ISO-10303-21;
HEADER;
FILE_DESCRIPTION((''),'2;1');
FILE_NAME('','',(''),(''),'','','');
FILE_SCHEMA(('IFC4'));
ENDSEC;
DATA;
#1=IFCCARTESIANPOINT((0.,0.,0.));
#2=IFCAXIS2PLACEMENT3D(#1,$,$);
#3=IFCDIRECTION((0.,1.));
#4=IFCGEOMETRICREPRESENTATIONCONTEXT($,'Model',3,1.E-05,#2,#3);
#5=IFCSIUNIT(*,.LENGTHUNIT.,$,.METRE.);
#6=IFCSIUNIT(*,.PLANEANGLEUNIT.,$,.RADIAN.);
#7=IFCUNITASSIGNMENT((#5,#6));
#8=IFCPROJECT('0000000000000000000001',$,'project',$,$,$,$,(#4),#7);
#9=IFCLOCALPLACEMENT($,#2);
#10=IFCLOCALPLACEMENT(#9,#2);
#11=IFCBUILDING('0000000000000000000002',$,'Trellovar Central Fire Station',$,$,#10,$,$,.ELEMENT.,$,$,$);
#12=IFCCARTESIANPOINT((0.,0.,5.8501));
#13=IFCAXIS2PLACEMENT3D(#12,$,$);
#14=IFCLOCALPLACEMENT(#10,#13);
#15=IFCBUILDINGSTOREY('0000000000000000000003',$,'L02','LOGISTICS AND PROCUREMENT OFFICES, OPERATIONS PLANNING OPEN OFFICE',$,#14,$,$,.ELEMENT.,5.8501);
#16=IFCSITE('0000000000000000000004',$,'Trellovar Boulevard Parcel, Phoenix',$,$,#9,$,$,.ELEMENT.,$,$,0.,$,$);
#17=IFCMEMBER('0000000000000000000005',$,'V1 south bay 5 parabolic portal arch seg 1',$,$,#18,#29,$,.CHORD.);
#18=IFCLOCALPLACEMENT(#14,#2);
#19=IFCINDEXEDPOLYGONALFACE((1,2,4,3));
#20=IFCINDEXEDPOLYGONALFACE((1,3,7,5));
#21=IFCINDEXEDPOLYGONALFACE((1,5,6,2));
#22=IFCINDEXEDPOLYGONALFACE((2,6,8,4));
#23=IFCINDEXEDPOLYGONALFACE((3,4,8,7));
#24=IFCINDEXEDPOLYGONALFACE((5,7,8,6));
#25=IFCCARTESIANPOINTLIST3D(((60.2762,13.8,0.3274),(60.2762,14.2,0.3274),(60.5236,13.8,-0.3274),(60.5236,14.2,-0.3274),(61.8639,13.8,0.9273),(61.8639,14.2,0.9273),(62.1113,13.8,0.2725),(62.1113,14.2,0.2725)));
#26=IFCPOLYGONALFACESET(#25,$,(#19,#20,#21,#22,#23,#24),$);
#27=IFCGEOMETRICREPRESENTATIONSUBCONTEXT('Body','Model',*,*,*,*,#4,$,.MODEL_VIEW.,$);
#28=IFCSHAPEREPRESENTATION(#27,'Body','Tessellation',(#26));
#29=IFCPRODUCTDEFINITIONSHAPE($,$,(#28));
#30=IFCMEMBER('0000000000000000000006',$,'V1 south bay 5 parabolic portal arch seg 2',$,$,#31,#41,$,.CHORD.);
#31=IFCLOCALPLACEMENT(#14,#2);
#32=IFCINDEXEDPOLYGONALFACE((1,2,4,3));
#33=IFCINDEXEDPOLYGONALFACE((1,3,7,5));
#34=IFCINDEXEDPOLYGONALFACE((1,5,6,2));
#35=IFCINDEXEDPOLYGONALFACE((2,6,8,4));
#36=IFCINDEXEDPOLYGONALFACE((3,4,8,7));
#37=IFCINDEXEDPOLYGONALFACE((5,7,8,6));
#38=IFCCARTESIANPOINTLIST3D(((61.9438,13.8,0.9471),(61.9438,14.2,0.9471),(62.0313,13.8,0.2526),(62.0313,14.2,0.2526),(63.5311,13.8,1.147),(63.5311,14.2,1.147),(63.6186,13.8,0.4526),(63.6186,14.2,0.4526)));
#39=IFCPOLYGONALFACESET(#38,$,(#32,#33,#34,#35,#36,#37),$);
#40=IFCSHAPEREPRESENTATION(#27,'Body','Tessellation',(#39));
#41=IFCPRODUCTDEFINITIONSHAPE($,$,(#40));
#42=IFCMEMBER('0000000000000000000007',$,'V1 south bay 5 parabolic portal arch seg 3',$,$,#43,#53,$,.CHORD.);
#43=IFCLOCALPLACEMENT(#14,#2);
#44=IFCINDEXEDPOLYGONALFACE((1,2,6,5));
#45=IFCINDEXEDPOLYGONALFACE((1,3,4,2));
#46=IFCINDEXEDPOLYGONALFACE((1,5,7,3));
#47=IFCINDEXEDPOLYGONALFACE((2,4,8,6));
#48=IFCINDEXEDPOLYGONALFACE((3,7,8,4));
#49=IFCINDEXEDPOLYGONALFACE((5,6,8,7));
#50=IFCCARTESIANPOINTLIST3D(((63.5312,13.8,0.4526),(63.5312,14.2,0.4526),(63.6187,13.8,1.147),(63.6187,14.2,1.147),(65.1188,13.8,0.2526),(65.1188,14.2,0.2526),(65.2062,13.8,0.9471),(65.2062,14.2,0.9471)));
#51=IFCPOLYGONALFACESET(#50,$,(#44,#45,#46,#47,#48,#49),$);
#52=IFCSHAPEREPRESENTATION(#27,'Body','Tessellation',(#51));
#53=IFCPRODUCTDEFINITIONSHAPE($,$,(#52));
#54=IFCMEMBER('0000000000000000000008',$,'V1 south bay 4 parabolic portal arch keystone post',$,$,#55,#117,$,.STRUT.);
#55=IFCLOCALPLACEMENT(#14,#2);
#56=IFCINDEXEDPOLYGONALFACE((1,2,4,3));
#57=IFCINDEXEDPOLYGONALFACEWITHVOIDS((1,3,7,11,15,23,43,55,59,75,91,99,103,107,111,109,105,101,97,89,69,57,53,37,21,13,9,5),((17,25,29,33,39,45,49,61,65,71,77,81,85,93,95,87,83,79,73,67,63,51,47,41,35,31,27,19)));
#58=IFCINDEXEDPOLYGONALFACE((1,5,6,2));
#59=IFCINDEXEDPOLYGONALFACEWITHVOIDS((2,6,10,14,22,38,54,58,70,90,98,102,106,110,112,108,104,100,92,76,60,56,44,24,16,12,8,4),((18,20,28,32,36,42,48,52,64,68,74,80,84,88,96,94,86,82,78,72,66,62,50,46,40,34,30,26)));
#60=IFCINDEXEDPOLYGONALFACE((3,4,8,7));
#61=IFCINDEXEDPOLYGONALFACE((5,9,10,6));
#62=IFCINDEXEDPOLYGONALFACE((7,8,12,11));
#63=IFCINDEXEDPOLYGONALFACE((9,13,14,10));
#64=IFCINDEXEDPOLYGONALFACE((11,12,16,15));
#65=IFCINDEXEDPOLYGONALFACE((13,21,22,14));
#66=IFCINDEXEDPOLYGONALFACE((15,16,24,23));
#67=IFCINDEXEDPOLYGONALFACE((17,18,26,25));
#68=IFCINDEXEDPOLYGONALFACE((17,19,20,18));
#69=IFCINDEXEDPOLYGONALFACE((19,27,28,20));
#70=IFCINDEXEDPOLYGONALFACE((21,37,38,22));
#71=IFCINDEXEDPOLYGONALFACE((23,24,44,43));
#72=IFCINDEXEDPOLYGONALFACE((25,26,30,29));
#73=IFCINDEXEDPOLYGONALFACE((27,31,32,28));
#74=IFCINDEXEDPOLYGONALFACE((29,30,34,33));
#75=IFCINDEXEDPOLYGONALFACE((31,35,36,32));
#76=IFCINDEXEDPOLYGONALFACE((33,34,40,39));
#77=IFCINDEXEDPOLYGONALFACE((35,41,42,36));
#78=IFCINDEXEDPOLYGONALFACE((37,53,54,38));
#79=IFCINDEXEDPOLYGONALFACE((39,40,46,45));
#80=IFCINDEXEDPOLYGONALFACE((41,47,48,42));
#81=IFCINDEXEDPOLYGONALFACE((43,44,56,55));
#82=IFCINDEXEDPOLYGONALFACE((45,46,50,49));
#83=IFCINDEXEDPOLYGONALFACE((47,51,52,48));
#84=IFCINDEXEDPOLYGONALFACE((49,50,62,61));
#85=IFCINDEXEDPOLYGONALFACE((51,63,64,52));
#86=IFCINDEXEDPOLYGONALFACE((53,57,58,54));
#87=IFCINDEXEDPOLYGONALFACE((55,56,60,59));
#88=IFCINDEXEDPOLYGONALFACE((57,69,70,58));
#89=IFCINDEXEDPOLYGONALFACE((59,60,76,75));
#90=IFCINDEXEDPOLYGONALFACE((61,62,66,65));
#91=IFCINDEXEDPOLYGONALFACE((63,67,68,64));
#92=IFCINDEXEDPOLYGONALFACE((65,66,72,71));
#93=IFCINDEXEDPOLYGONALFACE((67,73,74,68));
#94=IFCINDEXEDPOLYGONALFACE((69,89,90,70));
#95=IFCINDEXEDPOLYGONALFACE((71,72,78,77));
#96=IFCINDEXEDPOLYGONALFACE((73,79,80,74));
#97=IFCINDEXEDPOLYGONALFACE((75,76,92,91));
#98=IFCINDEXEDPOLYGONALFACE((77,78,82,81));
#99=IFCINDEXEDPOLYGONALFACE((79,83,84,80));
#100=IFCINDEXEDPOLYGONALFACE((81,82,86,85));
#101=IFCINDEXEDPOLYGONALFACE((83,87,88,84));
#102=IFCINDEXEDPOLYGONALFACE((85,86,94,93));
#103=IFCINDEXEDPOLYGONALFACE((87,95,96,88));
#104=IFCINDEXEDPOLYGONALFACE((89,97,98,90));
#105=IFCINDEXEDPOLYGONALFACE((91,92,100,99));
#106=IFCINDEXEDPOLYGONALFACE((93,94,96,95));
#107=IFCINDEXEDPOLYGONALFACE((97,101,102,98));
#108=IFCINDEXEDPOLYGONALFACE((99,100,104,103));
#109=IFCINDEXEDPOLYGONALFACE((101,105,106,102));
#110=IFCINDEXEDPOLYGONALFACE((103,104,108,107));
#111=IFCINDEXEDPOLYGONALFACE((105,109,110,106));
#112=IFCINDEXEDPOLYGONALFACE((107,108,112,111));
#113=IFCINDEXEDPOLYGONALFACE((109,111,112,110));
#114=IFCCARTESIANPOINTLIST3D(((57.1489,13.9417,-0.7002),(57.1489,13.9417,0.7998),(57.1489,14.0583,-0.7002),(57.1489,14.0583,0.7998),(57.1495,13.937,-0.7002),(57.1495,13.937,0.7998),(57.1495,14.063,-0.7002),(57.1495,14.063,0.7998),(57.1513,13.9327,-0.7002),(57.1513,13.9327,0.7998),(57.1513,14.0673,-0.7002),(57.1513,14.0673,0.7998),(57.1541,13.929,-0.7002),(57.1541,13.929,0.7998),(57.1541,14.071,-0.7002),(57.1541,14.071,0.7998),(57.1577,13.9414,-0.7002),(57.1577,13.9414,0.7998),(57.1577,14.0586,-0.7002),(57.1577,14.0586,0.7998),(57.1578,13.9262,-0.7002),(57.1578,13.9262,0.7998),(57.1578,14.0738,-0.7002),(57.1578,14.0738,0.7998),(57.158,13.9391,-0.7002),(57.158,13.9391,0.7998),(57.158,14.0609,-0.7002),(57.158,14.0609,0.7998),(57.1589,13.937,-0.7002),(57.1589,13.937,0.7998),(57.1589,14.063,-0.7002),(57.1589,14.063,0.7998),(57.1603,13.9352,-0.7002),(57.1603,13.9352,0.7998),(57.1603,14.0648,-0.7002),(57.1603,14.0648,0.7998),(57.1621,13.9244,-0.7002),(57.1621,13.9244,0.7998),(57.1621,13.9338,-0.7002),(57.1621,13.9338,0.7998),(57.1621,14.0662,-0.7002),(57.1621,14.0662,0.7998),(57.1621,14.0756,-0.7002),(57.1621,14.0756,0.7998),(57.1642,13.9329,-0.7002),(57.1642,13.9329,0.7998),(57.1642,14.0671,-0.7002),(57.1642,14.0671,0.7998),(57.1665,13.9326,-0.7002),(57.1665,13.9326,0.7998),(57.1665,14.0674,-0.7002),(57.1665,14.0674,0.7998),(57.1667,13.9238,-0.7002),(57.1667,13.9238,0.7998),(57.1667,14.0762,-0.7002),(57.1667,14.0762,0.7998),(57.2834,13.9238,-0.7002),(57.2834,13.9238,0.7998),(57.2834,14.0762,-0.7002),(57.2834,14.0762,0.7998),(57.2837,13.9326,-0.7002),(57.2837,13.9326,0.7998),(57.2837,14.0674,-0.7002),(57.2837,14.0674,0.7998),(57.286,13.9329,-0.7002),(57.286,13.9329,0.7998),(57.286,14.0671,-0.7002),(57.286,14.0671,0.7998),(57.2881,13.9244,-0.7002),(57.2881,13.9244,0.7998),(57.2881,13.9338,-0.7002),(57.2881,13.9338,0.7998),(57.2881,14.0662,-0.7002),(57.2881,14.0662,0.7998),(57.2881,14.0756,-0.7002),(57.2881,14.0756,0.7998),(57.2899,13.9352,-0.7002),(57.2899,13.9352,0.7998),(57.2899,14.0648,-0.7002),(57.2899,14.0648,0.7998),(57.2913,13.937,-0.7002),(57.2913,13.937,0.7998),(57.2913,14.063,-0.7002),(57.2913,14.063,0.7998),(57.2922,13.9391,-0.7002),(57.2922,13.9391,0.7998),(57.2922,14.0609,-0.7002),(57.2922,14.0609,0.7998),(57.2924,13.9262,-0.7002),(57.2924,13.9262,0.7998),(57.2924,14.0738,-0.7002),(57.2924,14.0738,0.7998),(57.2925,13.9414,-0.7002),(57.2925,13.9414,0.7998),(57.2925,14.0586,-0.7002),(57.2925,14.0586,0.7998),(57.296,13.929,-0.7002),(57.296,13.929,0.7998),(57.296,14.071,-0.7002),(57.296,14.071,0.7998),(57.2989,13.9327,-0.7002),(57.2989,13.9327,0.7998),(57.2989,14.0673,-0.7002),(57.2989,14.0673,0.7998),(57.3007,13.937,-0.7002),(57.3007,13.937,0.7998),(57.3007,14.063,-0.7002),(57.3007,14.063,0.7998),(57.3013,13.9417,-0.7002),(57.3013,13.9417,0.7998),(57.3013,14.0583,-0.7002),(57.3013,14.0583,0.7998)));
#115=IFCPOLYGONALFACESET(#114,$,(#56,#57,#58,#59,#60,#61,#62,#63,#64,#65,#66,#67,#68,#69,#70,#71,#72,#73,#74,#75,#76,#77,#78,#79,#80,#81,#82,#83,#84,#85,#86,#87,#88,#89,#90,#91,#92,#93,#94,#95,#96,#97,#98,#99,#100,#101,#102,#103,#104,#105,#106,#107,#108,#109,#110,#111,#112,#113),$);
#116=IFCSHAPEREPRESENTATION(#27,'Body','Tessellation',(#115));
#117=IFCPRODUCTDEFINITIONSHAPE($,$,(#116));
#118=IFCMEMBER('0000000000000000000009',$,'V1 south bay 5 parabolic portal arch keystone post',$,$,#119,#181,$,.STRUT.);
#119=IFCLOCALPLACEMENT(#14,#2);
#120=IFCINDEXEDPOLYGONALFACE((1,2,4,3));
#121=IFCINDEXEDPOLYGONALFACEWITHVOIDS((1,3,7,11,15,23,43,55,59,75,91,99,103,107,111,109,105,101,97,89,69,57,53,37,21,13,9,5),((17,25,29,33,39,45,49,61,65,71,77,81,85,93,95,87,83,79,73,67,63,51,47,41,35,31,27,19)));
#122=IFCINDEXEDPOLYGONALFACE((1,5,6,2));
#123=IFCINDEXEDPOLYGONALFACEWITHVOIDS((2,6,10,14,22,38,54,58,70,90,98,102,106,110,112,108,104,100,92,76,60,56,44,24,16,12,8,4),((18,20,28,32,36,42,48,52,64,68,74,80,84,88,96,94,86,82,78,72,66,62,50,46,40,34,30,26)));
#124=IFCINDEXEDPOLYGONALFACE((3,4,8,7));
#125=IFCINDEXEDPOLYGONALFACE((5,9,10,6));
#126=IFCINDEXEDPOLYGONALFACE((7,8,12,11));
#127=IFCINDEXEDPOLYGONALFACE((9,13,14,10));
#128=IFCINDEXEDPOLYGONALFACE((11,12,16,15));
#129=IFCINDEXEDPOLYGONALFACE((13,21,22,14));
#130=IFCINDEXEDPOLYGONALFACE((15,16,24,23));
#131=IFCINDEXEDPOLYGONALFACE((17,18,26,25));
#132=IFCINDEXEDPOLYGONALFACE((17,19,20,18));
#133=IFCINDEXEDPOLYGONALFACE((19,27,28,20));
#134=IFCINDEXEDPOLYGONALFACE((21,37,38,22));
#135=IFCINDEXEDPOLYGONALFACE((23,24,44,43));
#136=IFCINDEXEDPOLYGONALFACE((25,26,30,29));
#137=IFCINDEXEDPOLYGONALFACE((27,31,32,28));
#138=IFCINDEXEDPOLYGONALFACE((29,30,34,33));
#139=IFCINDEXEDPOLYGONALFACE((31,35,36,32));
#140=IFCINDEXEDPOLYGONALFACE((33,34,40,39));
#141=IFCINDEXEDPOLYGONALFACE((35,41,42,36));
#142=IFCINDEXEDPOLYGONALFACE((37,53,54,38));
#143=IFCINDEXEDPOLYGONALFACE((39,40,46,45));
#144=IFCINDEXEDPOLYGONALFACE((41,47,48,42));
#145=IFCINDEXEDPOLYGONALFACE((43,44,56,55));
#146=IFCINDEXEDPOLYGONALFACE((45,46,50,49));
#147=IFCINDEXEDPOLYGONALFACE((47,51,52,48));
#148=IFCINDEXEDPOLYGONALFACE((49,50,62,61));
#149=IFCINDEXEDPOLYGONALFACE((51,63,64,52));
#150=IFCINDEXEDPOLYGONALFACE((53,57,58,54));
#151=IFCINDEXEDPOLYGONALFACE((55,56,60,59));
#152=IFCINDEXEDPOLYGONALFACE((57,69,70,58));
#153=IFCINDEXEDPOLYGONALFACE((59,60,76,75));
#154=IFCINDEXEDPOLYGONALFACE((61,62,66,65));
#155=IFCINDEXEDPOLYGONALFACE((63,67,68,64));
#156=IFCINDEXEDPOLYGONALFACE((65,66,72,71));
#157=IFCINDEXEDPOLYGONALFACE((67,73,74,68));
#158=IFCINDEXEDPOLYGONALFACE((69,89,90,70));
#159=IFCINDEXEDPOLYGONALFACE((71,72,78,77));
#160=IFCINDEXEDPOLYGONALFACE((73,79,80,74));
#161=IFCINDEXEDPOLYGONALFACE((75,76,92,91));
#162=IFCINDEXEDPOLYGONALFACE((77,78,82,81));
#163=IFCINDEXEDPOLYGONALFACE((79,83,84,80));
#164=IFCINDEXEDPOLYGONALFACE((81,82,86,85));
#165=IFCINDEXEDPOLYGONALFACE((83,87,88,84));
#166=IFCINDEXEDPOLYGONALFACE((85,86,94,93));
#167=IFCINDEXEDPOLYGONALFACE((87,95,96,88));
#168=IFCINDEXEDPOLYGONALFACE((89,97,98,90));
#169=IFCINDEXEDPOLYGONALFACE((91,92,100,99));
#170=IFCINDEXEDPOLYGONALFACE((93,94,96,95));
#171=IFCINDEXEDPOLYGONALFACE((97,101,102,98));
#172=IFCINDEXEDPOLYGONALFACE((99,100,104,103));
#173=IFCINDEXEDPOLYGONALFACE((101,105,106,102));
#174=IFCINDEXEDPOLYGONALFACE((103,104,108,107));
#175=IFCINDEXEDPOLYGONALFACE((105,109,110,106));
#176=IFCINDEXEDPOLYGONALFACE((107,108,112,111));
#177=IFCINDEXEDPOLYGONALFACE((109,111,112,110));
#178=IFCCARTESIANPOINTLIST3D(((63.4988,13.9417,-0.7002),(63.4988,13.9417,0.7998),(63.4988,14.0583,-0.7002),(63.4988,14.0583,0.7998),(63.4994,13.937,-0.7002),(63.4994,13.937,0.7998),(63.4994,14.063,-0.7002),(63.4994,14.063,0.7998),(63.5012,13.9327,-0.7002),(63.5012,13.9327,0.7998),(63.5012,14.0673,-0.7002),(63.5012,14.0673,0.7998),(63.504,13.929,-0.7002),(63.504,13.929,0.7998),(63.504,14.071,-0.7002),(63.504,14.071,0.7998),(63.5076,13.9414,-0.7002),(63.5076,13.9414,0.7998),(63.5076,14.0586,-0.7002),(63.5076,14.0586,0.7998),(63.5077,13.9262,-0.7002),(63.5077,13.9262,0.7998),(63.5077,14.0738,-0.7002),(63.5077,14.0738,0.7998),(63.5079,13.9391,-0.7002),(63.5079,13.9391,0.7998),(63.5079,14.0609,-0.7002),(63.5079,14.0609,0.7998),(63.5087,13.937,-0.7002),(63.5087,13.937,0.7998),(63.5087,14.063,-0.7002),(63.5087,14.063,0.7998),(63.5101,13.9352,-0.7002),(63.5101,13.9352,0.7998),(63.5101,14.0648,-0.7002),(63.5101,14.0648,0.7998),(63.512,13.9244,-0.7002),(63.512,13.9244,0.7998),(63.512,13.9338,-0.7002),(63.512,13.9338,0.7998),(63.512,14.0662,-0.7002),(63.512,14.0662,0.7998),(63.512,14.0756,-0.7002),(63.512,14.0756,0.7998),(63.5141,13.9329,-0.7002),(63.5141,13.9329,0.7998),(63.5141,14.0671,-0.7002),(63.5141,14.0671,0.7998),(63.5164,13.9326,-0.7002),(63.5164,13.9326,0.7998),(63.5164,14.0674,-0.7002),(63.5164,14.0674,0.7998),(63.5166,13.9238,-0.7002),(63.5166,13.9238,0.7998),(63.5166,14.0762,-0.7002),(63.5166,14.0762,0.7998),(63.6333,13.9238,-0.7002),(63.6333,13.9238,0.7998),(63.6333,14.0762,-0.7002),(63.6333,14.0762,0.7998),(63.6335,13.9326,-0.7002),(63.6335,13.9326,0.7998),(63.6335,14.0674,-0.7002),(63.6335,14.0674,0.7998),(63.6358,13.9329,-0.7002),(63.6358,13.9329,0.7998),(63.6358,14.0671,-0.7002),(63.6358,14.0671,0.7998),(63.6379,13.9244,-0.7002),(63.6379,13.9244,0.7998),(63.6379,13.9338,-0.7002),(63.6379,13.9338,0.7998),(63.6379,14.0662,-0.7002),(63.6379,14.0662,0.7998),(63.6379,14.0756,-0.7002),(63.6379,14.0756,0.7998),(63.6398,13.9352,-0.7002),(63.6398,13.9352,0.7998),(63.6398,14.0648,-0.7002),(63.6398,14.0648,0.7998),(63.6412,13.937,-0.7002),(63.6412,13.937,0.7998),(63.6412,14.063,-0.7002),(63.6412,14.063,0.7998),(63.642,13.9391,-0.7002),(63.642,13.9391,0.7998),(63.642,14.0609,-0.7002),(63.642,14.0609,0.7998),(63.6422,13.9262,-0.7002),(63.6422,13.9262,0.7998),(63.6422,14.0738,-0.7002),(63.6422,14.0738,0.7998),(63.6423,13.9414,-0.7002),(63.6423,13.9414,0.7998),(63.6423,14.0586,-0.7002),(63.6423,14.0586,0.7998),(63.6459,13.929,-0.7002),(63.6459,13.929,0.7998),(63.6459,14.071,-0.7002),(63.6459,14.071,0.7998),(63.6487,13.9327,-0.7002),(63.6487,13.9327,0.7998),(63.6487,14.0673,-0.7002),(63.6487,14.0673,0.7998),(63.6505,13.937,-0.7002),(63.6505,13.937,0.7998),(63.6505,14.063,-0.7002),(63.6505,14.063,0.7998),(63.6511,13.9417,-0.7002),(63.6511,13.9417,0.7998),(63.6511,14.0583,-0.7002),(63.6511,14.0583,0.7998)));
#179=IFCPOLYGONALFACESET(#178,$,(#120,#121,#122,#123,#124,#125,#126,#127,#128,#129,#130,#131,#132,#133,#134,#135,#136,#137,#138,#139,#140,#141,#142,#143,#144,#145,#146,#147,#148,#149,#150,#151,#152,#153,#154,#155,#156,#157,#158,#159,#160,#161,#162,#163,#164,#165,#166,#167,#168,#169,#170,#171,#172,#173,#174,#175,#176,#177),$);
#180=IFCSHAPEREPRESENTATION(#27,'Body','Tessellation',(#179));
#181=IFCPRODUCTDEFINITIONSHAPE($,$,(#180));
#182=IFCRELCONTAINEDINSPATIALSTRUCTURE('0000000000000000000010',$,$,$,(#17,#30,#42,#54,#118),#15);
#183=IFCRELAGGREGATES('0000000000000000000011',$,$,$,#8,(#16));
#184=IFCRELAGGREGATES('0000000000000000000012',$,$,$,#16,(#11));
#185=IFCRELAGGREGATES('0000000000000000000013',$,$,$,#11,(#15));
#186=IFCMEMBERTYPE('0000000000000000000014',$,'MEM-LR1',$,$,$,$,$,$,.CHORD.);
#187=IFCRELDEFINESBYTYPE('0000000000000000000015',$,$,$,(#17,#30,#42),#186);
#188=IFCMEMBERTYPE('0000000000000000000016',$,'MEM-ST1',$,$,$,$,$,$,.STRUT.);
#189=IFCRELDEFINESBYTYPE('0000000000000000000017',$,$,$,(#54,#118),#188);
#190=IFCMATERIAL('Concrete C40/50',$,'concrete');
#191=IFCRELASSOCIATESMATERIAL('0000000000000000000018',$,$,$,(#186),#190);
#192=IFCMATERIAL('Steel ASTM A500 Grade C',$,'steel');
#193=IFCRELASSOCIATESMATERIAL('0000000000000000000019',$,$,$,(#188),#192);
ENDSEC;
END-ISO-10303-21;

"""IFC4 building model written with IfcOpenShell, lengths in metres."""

from ifc_helpers import new_model, si_unit, direction, frame, origin, origin_2d, place, context, subcontext, project, spatial, rectangle, hollow_rectangle, extrude, material, material_profile, profile_set, type_object, element, save


model = new_model("IFC4")

# Units and contexts
model_context = context("Model", 3, precision=1e-05, world=origin(), true_north=direction((0.0, 1.0)))
body_context = subcontext(model_context, "Body", "Model", "MODEL_VIEW")
ifc_project = project(units=[si_unit("LENGTHUNIT", "METRE"), si_unit("PLANEANGLEUNIT", "RADIAN")], contexts=[model_context])

# Site, building, storey
site_placement = place(None, origin())
site = spatial("IfcSite", under=ifc_project, at=site_placement, Name="Trellovar Boulevard Parcel, Phoenix", CompositionType="ELEMENT", RefElevation=0.0)
building_placement = place(site_placement, origin())
building = spatial("IfcBuilding", under=site, at=building_placement, Name="Trellovar Central Fire Station", CompositionType="ELEMENT")
storey_placement = place(building_placement, frame((0.0, 0.0, 5.8501)))
storey = spatial("IfcBuildingStorey", under=building, at=storey_placement, Name="L02", Description="LOGISTICS AND PROCUREMENT OFFICES, OPERATIONS PLANNING OPEN OFFICE", CompositionType="ELEMENT", Elevation=5.8501)

# Members
ifc_material_1 = material(Name="Concrete C40/50", Category="concrete")
ifc_material_profile_1 = material_profile(ifc_material_1, rectangle(XDim=0.3999, YDim=0.7, at=origin_2d()), Name="RC400X700")
ifc_profile_set_1 = profile_set([ifc_material_profile_1], Name="Concrete C40/50")
member_type_1 = type_object("IfcMemberType", Name="MEM-LR1", PredefinedType="CHORD", material=ifc_profile_set_1)
member_1_placement = place(storey_placement, frame((60.3999, 14.0, 0.0), z_axis=(0.935457, 0.0, 0.35344), x_axis=(0.0, 1.0, 0.0)))
element("IfcMember", 1, at=member_1_placement, inside=storey, type_object=member_type_1, Name="V1 south bay 5 parabolic portal arch seg 1", PredefinedType="CHORD", context=body_context, shape_type="SweptSolid", body=[
    extrude(rectangle(XDim=0.3999, YDim=0.7, at=origin_2d()), origin(), (0.0, 0.0, 1.0), 1.6973),
])
member_2_placement = place(storey_placement, frame((61.9875, 14.0, 0.5999), z_axis=(0.99216, 0.0, 0.124974), x_axis=(0.0, 1.0, 0.0)))
element("IfcMember", 2, at=member_2_placement, inside=storey, type_object=member_type_1, Name="V1 south bay 5 parabolic portal arch seg 2", PredefinedType="CHORD", context=body_context, shape_type="SweptSolid", body=[
    extrude(rectangle(XDim=0.3999, YDim=0.7, at=origin_2d()), origin(), (0.0, 0.0, 1.0), 1.5999),
])
member_3_placement = place(storey_placement, frame((63.575, 14.0, 0.7998), z_axis=(0.992162, 0.0, -0.124955), x_axis=(0.0, 1.0, 0.0)))
element("IfcMember", 3, at=member_3_placement, inside=storey, type_object=member_type_1, Name="V1 south bay 5 parabolic portal arch seg 3", PredefinedType="CHORD", context=body_context, shape_type="SweptSolid", body=[
    extrude(rectangle(XDim=0.3999, YDim=0.7, at=origin_2d()), origin(), (0.0, 0.0, 1.0), 1.6001),
])
ifc_material_2 = material(Name="Steel ASTM A500 Grade C", Category="steel")
ifc_material_profile_2 = material_profile(ifc_material_2, hollow_rectangle(XDim=0.1523, YDim=0.1523, WallThickness=0.0088, InnerFilletRadius=0.0088, OuterFilletRadius=0.0178, at=origin_2d()), Name="HSS6X6X3/8")
ifc_profile_set_2 = profile_set([ifc_material_profile_2], Name="Steel ASTM A500 Grade C")
member_type_2 = type_object("IfcMemberType", Name="MEM-ST1", PredefinedType="STRUT", material=ifc_profile_set_2)
for number, where, z_axis, x_axis, name in (
    (4, (57.2251, 14.0, -0.7002), (0.0, 0.0, 1.0), (1.0, 0.0, 0.0), "V1 south bay 4 parabolic portal arch keystone post"),
    (5, (63.575, 14.0, -0.7002), (0.0, 0.0, 1.0), (1.0, 0.0, 0.0), "V1 south bay 5 parabolic portal arch keystone post"),
):
    element("IfcMember", number, at=place(storey_placement, frame(where, z_axis=z_axis, x_axis=x_axis)), inside=storey, type_object=member_type_2, Name=name, PredefinedType="STRUT", context=body_context, shape_type="SweptSolid", body=[
        extrude(hollow_rectangle(XDim=0.1523, YDim=0.1523, WallThickness=0.0088, InnerFilletRadius=0.0088, OuterFilletRadius=0.0178, at=origin_2d()), origin(), (0.0, 0.0, 1.0), 1.5),
    ])

save(model, "model.ifc")
